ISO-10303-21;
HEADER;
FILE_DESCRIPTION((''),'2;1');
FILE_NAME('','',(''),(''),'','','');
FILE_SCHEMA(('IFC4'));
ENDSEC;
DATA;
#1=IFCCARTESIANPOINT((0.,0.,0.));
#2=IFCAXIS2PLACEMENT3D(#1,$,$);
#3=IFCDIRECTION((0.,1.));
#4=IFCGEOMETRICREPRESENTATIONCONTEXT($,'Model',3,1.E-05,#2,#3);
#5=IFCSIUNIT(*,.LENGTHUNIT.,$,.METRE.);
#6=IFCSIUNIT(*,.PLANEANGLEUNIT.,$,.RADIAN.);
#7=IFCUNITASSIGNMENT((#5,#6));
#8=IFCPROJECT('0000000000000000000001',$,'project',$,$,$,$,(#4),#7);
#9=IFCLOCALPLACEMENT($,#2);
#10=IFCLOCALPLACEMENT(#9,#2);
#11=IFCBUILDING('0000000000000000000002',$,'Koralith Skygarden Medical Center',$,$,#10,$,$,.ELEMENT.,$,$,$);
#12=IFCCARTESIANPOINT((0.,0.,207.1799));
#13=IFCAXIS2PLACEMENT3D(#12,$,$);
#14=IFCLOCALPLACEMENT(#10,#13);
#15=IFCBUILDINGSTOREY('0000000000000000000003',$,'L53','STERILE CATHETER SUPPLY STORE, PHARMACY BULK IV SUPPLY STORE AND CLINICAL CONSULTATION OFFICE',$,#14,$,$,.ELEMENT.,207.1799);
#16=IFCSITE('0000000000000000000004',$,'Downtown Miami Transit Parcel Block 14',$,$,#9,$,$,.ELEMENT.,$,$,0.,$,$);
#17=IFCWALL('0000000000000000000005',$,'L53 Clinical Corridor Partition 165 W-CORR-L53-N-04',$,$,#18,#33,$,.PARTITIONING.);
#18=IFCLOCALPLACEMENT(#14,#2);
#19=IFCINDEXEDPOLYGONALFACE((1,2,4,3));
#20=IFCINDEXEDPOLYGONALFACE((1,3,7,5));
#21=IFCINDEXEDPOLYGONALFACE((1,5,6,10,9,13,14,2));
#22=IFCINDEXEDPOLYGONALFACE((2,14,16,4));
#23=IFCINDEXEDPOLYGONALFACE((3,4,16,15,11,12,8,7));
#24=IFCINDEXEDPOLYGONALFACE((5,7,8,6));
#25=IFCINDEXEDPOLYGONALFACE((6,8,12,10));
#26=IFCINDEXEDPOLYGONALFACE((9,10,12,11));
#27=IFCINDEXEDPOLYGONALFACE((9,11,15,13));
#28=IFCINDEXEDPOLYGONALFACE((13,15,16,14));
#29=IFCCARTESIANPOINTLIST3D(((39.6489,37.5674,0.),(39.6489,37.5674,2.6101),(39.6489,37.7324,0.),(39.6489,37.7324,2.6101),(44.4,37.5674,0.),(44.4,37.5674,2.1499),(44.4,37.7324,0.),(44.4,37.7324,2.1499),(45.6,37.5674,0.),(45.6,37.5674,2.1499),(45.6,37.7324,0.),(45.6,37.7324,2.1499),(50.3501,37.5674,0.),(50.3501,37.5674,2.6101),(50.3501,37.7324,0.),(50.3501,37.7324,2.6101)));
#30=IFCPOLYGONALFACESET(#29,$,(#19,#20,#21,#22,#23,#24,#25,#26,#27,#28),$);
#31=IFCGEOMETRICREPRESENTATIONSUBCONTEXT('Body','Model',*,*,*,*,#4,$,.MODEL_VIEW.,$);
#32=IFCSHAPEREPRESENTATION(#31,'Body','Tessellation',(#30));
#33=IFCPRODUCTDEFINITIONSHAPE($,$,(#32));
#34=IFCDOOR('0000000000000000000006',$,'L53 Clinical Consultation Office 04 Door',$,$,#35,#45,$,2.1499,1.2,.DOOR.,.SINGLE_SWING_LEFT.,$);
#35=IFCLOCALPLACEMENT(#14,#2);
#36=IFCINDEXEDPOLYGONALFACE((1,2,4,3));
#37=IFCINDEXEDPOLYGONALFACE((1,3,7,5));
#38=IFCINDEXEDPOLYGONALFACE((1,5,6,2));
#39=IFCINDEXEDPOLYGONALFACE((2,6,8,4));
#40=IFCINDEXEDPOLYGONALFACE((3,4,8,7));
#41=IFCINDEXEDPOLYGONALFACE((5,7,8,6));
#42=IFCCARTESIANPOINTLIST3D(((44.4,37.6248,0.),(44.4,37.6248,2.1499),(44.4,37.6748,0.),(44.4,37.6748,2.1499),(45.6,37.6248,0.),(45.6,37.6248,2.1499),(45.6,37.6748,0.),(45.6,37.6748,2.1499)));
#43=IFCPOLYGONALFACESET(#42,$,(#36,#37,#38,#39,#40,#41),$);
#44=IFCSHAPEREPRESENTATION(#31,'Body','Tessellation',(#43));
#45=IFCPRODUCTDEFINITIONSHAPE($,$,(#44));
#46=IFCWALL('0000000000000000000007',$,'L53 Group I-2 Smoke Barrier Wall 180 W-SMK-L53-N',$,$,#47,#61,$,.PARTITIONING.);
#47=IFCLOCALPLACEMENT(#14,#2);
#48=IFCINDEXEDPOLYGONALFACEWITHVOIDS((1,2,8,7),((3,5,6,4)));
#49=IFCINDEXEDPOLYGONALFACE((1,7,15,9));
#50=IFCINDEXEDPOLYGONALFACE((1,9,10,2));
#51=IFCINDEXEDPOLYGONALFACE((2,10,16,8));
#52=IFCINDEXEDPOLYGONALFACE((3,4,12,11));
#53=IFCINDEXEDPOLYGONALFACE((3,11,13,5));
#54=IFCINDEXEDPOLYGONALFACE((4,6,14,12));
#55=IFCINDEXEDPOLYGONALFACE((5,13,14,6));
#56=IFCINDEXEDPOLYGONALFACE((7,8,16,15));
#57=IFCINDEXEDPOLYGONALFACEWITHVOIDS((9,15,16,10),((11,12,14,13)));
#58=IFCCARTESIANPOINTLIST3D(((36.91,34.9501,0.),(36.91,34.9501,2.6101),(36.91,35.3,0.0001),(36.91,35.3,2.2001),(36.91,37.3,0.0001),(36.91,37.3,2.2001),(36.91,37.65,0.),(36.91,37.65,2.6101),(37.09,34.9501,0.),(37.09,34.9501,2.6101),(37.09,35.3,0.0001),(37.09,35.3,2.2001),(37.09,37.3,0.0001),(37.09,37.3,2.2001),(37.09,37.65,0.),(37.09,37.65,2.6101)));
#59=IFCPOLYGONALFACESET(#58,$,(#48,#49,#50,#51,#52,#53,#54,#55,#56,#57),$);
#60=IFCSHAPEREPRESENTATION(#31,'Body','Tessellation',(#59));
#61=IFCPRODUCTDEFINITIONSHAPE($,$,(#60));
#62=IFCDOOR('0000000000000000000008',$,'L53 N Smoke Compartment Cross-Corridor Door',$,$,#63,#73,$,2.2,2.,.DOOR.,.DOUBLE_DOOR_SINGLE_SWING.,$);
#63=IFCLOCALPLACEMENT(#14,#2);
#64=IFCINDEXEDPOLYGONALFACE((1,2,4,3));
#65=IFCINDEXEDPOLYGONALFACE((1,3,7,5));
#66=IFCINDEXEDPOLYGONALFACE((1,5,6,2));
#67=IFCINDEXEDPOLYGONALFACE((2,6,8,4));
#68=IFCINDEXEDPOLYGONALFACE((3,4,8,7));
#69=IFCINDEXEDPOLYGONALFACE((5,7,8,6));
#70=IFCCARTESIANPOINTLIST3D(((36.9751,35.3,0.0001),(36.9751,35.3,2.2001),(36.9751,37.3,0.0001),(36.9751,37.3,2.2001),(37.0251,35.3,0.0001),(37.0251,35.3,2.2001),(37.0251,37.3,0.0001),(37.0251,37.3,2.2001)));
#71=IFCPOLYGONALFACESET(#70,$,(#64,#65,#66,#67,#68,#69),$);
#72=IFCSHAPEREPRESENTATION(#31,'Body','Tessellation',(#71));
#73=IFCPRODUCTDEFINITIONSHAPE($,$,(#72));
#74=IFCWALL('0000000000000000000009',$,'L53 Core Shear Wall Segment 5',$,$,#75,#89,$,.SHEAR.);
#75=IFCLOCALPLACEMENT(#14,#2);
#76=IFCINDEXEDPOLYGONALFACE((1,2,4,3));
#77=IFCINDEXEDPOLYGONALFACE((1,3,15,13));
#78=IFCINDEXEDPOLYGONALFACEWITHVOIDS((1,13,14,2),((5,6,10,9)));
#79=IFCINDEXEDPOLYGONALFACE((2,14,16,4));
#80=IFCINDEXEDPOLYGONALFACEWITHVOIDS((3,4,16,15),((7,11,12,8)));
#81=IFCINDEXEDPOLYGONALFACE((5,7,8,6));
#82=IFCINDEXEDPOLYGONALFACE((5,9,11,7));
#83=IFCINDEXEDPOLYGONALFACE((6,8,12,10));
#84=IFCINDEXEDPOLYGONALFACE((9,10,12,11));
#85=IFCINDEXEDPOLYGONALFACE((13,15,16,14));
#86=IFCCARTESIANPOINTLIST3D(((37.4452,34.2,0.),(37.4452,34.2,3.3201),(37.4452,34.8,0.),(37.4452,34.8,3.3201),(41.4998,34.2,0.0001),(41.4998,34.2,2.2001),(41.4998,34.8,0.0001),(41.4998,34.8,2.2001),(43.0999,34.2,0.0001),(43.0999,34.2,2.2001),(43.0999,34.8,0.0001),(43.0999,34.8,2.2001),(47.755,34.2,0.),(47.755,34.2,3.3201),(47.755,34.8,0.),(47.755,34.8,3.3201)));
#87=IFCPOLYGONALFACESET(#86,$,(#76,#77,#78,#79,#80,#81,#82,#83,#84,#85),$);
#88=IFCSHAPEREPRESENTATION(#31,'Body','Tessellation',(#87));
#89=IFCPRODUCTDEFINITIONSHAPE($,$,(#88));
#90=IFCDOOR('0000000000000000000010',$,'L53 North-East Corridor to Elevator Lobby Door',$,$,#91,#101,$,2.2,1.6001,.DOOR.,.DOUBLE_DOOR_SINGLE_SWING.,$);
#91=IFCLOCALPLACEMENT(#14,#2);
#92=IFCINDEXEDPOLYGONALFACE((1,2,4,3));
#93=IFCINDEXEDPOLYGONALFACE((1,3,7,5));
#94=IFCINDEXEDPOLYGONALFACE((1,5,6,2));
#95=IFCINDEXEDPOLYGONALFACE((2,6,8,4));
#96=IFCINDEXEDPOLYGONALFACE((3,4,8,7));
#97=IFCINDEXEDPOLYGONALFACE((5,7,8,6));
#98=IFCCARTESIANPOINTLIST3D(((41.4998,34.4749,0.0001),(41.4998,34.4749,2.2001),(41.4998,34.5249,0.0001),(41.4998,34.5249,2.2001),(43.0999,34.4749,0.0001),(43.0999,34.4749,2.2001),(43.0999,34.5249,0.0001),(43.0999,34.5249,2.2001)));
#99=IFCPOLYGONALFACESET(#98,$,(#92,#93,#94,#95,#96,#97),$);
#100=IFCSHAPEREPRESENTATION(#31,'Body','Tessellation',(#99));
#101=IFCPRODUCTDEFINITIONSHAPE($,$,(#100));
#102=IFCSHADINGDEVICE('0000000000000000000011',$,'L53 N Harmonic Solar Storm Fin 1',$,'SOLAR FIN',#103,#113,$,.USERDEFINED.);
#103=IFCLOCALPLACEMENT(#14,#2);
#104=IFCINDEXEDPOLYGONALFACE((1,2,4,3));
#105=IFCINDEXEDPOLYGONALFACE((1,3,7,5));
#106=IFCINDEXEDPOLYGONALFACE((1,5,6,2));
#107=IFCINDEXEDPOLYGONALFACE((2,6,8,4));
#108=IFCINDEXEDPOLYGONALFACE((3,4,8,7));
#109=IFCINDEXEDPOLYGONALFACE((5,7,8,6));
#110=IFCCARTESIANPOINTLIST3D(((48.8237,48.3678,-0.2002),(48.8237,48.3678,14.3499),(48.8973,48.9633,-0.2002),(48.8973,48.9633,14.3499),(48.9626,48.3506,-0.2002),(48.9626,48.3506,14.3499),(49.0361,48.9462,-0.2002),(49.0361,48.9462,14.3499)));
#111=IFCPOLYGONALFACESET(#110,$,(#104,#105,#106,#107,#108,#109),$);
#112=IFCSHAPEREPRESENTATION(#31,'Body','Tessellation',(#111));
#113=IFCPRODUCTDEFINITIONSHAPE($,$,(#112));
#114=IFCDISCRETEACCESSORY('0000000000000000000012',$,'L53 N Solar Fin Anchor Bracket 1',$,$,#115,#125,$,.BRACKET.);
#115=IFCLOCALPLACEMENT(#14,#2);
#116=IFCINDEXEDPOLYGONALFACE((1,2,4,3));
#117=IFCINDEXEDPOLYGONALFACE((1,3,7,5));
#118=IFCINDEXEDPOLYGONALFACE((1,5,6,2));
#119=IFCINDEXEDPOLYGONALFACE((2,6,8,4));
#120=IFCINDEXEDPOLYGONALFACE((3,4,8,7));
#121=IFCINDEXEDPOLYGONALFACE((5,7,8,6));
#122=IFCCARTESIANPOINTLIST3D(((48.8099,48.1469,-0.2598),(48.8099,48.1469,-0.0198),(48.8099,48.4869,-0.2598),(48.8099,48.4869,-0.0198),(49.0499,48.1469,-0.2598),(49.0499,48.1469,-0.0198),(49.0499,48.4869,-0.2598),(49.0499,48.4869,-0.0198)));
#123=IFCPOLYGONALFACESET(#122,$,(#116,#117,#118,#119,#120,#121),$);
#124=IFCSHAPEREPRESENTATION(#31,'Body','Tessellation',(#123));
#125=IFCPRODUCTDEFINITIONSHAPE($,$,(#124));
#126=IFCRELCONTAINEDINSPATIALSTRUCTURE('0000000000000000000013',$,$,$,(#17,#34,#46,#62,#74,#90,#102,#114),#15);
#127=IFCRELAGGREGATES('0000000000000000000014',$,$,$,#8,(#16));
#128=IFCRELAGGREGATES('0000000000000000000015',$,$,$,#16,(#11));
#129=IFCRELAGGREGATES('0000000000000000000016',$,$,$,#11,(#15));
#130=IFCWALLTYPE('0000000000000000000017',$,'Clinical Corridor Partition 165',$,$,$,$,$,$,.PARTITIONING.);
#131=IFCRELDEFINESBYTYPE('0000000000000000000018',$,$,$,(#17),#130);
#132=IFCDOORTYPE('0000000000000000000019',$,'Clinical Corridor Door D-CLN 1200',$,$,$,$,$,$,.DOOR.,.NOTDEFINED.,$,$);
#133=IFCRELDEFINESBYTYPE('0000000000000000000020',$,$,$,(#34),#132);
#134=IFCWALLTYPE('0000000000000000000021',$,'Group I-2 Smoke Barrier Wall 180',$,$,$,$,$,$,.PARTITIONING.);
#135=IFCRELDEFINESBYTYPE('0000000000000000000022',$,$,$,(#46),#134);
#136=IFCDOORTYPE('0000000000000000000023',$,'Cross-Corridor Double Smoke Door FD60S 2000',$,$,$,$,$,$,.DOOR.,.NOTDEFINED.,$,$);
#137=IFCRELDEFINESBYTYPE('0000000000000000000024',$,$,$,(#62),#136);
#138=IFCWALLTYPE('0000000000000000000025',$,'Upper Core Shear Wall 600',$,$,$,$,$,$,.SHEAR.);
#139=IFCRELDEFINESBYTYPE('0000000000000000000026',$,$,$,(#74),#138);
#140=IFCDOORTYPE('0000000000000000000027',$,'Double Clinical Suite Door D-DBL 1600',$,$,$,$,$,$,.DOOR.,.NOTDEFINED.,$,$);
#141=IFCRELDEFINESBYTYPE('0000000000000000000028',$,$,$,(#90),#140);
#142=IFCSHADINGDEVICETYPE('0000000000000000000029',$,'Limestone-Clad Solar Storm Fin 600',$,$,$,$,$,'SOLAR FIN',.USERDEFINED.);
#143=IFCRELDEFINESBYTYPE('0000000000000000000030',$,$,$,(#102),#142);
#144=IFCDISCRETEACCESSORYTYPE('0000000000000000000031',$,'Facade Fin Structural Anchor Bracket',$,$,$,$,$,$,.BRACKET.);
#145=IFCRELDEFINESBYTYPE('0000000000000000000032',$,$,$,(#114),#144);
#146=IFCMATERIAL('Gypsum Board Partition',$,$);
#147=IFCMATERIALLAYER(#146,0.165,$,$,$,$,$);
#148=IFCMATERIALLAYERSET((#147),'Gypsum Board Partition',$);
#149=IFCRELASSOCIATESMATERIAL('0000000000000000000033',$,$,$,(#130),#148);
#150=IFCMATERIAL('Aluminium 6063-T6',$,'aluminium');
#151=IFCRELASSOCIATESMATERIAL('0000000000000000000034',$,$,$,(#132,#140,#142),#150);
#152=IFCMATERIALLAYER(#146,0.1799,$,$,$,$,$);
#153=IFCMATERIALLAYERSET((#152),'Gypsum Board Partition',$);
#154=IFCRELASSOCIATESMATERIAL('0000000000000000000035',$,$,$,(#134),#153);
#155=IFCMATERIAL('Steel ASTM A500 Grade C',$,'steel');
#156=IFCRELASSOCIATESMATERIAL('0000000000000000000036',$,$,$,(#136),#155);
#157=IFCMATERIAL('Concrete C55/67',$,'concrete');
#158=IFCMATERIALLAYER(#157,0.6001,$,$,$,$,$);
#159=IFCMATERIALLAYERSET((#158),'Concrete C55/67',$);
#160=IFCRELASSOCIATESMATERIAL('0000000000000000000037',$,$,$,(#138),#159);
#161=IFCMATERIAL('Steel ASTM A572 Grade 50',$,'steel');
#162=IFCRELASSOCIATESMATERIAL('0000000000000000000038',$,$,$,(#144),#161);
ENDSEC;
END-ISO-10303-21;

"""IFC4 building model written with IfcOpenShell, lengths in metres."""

from ifc_helpers import new_model, si_unit, direction, frame, frame_2d, origin, origin_2d, place, context, subcontext, project, spatial, rectangle, extrude, material, layer, layer_set, type_object, element, fill, save


model = new_model("IFC4")

# Units and contexts
model_context = context("Model", 3, precision=1e-05, world=origin(), true_north=direction((0.0, 1.0)))
body_context = subcontext(model_context, "Body", "Model", "MODEL_VIEW")
ifc_project = project(units=[si_unit("LENGTHUNIT", "METRE"), si_unit("PLANEANGLEUNIT", "RADIAN")], contexts=[model_context])

# Site, building, storey
site_placement = place(None, origin())
site = spatial("IfcSite", under=ifc_project, at=site_placement, Name="Downtown Miami Transit Parcel Block 14", CompositionType="ELEMENT", RefElevation=0.0)
building_placement = place(site_placement, origin())
building = spatial("IfcBuilding", under=site, at=building_placement, Name="Koralith Skygarden Medical Center", CompositionType="ELEMENT")
storey_placement = place(building_placement, frame((0.0, 0.0, 207.1799)))
storey = spatial("IfcBuildingStorey", under=building, at=storey_placement, Name="L53", Description="STERILE CATHETER SUPPLY STORE, PHARMACY BULK IV SUPPLY STORE AND CLINICAL CONSULTATION OFFICE", CompositionType="ELEMENT", Elevation=207.1799)

# Shared definitions
ifc_material_1 = material(Name="Concrete C55/67", Category="concrete")

# Shared definitions
ifc_material_2 = material(Name="Aluminium 6063-T6", Category="aluminium")

# Shared definitions
ifc_material_3 = material(Name="Gypsum Board Partition")

# Walls, openings, doors
ifc_layer_1 = layer(ifc_material_3, 0.165)
ifc_layer_set_1 = layer_set([ifc_layer_1], Name="Gypsum Board Partition")
wall_type_1 = type_object("IfcWallType", Name="Clinical Corridor Partition 165", PredefinedType="PARTITIONING", material=ifc_layer_set_1)
wall_1_placement = place(storey_placement, frame((39.6489, 37.6499, 0.0), z_axis=(0.0, 0.0, 1.0), x_axis=(1.0, 0.0, 0.0)))
wall_1 = element("IfcWall", 1, at=wall_1_placement, inside=storey, type_object=wall_type_1, Name="L53 Clinical Corridor Partition 165 W-CORR-L53-N-04", PredefinedType="PARTITIONING", context=body_context, shape_type="SweptSolid", body=[
    extrude(rectangle(XDim=10.7012, YDim=0.165, at=frame_2d((5.3506, 0.0))), origin(), (0.0, 0.0, 1.0), 2.6101),
])
opening_1_placement = place(wall_1_placement, frame((4.751, 0.0, 0.0)))
opening_1 = element("IfcOpeningElement", 2, at=opening_1_placement, cuts=wall_1, PredefinedType="OPENING", context=body_context, shape_type="SweptSolid", body=[
    extrude(rectangle(XDim=1.2, YDim=2.1499, at=frame_2d((0.6001, 1.075))), frame((0.0, 0.0925, 0.0), z_axis=(0.0, -1.0, 0.0), x_axis=(1.0, 0.0, 0.0)), (0.0, 0.0, 1.0), 0.1851),
])
door_type_1 = type_object("IfcDoorType", Name="Clinical Corridor Door D-CLN 1200", OperationType="NOTDEFINED", PredefinedType="DOOR", material=ifc_material_2)
door_1_placement = place(opening_1_placement, origin())
door_1 = element("IfcDoor", 3, at=door_1_placement, inside=storey, type_object=door_type_1, Name="L53 Clinical Consultation Office 04 Door", OperationType="SINGLE_SWING_LEFT", OverallHeight=2.1499, OverallWidth=1.2, PredefinedType="DOOR", context=body_context, shape_type="SweptSolid", body=[
    extrude(rectangle(XDim=1.2, YDim=2.1499, at=frame_2d((0.6001, 1.075))), frame((0.0, 0.0249, 0.0), z_axis=(0.0, -1.0, 0.0), x_axis=(1.0, 0.0, 0.0)), (0.0, 0.0, 1.0), 0.05),
])
fill(opening_1, door_1)
ifc_layer_2 = layer(ifc_material_3, 0.1799)
ifc_layer_set_2 = layer_set([ifc_layer_2], Name="Gypsum Board Partition")
wall_type_2 = type_object("IfcWallType", Name="Group I-2 Smoke Barrier Wall 180", PredefinedType="PARTITIONING", material=ifc_layer_set_2)
wall_2_placement = place(storey_placement, frame((37.0, 34.95, 0.0), z_axis=(0.0, 0.0, 1.0), x_axis=(0.0, 1.0, 0.0)))
wall_2 = element("IfcWall", 4, at=wall_2_placement, inside=storey, type_object=wall_type_2, Name="L53 Group I-2 Smoke Barrier Wall 180 W-SMK-L53-N", PredefinedType="PARTITIONING", context=body_context, shape_type="SweptSolid", body=[
    extrude(rectangle(XDim=2.7, YDim=0.1799, at=frame_2d((1.3501, 0.0))), origin(), (0.0, 0.0, 1.0), 2.6101),
])
opening_2_placement = place(wall_2_placement, frame((0.3501, 0.0, 0.0)))
opening_2 = element("IfcOpeningElement", 5, at=opening_2_placement, cuts=wall_2, PredefinedType="OPENING", context=body_context, shape_type="SweptSolid", body=[
    extrude(rectangle(XDim=2.0, YDim=2.2, at=frame_2d((1.0, 1.1001))), frame((0.0, 0.0999, 0.0), z_axis=(0.0, -1.0, 0.0), x_axis=(1.0, 0.0, 0.0)), (0.0, 0.0, 1.0), 0.2),
])
ifc_material_4 = material(Name="Steel ASTM A500 Grade C", Category="steel")
door_type_2 = type_object("IfcDoorType", Name="Cross-Corridor Double Smoke Door FD60S 2000", OperationType="NOTDEFINED", PredefinedType="DOOR", material=ifc_material_4)
door_2_placement = place(opening_2_placement, origin())
door_2 = element("IfcDoor", 6, at=door_2_placement, inside=storey, type_object=door_type_2, Name="L53 N Smoke Compartment Cross-Corridor Door", OperationType="DOUBLE_DOOR_SINGLE_SWING", OverallHeight=2.2, OverallWidth=2.0, PredefinedType="DOOR", context=body_context, shape_type="SweptSolid", body=[
    extrude(rectangle(XDim=2.0, YDim=2.2, at=frame_2d((1.0, 1.1001))), frame((0.0, 0.0249, 0.0), z_axis=(0.0, -1.0, 0.0), x_axis=(1.0, 0.0, 0.0)), (0.0, 0.0, 1.0), 0.05),
])
fill(opening_2, door_2)
ifc_layer_3 = layer(ifc_material_1, 0.6001)
ifc_layer_set_3 = layer_set([ifc_layer_3], Name="Concrete C55/67")
wall_type_3 = type_object("IfcWallType", Name="Upper Core Shear Wall 600", PredefinedType="SHEAR", material=ifc_layer_set_3)
wall_3_placement = place(storey_placement, frame((47.7549, 34.5, 0.0), z_axis=(0.0, 0.0, 1.0), x_axis=(-1.0, 0.0, 0.0)))
wall_3 = element("IfcWall", 7, at=wall_3_placement, inside=storey, type_object=wall_type_3, Name="L53 Core Shear Wall Segment 5", PredefinedType="SHEAR", context=body_context, shape_type="SweptSolid", body=[
    extrude(rectangle(XDim=10.3098, YDim=0.6001, at=frame_2d((5.1548, 0.0))), origin(), (0.0, 0.0, 1.0), 3.3201),
])
opening_3_placement = place(wall_3_placement, frame((4.655, 0.0, 0.0)))
opening_3 = element("IfcOpeningElement", 8, at=opening_3_placement, cuts=wall_3, PredefinedType="OPENING", context=body_context, shape_type="SweptSolid", body=[
    extrude(rectangle(XDim=1.6001, YDim=2.2, at=frame_2d((0.8, 1.1001))), frame((0.0, 0.3101, 0.0), z_axis=(0.0, -1.0, 0.0), x_axis=(1.0, 0.0, 0.0)), (0.0, 0.0, 1.0), 0.6201),
])
door_type_3 = type_object("IfcDoorType", Name="Double Clinical Suite Door D-DBL 1600", OperationType="NOTDEFINED", PredefinedType="DOOR", material=ifc_material_2)
door_3_placement = place(opening_3_placement, frame((1.6001, 0.0, 0.0), z_axis=(0.0, 0.0, 1.0), x_axis=(-1.0, 0.0, 0.0)))
door_3 = element("IfcDoor", 9, at=door_3_placement, inside=storey, type_object=door_type_3, Name="L53 North-East Corridor to Elevator Lobby Door", OperationType="DOUBLE_DOOR_SINGLE_SWING", OverallHeight=2.2, OverallWidth=1.6001, PredefinedType="DOOR", context=body_context, shape_type="SweptSolid", body=[
    extrude(rectangle(XDim=1.6001, YDim=2.2, at=frame_2d((0.8, 1.1001))), frame((0.0, 0.0249, 0.0), z_axis=(0.0, -1.0, 0.0), x_axis=(1.0, 0.0, 0.0)), (0.0, 0.0, 1.0), 0.05),
])
fill(opening_3, door_3)

# Shading device
shading_device_type = type_object("IfcShadingDeviceType", Name="Limestone-Clad Solar Storm Fin 600", ElementType="SOLAR FIN", PredefinedType="USERDEFINED", material=ifc_material_2)
shading_device_placement = place(storey_placement, frame((48.9299, 48.657, -0.2002), z_axis=(0.0, 0.0, 1.0), x_axis=(0.122614, 0.992454, 0.0)))
element("IfcShadingDevice", 10, at=shading_device_placement, inside=storey, type_object=shading_device_type, Name="L53 N Harmonic Solar Storm Fin 1", ObjectType="SOLAR FIN", PredefinedType="USERDEFINED", context=body_context, shape_type="SweptSolid", body=[
    extrude(rectangle(XDim=0.6001, YDim=0.1399, at=origin_2d()), origin(), (0.0, 0.0, 1.0), 14.55),
])

# Discrete accessory
ifc_material_5 = material(Name="Steel ASTM A572 Grade 50", Category="steel")
discrete_accessory_type = type_object("IfcDiscreteAccessoryType", Name="Facade Fin Structural Anchor Bracket", PredefinedType="BRACKET", material=ifc_material_5)
discrete_accessory_placement = place(storey_placement, frame((48.9299, 48.3169, -0.2598), z_axis=(0.0, 0.0, 1.0), x_axis=(0.0, 1.0, 0.0)))
element("IfcDiscreteAccessory", 11, at=discrete_accessory_placement, inside=storey, type_object=discrete_accessory_type, Name="L53 N Solar Fin Anchor Bracket 1", PredefinedType="BRACKET", context=body_context, shape_type="SweptSolid", body=[
    extrude(rectangle(XDim=0.3401, YDim=0.24, at=origin_2d()), origin(), (0.0, 0.0, 1.0), 0.24),
])

save(model, "model.ifc")
